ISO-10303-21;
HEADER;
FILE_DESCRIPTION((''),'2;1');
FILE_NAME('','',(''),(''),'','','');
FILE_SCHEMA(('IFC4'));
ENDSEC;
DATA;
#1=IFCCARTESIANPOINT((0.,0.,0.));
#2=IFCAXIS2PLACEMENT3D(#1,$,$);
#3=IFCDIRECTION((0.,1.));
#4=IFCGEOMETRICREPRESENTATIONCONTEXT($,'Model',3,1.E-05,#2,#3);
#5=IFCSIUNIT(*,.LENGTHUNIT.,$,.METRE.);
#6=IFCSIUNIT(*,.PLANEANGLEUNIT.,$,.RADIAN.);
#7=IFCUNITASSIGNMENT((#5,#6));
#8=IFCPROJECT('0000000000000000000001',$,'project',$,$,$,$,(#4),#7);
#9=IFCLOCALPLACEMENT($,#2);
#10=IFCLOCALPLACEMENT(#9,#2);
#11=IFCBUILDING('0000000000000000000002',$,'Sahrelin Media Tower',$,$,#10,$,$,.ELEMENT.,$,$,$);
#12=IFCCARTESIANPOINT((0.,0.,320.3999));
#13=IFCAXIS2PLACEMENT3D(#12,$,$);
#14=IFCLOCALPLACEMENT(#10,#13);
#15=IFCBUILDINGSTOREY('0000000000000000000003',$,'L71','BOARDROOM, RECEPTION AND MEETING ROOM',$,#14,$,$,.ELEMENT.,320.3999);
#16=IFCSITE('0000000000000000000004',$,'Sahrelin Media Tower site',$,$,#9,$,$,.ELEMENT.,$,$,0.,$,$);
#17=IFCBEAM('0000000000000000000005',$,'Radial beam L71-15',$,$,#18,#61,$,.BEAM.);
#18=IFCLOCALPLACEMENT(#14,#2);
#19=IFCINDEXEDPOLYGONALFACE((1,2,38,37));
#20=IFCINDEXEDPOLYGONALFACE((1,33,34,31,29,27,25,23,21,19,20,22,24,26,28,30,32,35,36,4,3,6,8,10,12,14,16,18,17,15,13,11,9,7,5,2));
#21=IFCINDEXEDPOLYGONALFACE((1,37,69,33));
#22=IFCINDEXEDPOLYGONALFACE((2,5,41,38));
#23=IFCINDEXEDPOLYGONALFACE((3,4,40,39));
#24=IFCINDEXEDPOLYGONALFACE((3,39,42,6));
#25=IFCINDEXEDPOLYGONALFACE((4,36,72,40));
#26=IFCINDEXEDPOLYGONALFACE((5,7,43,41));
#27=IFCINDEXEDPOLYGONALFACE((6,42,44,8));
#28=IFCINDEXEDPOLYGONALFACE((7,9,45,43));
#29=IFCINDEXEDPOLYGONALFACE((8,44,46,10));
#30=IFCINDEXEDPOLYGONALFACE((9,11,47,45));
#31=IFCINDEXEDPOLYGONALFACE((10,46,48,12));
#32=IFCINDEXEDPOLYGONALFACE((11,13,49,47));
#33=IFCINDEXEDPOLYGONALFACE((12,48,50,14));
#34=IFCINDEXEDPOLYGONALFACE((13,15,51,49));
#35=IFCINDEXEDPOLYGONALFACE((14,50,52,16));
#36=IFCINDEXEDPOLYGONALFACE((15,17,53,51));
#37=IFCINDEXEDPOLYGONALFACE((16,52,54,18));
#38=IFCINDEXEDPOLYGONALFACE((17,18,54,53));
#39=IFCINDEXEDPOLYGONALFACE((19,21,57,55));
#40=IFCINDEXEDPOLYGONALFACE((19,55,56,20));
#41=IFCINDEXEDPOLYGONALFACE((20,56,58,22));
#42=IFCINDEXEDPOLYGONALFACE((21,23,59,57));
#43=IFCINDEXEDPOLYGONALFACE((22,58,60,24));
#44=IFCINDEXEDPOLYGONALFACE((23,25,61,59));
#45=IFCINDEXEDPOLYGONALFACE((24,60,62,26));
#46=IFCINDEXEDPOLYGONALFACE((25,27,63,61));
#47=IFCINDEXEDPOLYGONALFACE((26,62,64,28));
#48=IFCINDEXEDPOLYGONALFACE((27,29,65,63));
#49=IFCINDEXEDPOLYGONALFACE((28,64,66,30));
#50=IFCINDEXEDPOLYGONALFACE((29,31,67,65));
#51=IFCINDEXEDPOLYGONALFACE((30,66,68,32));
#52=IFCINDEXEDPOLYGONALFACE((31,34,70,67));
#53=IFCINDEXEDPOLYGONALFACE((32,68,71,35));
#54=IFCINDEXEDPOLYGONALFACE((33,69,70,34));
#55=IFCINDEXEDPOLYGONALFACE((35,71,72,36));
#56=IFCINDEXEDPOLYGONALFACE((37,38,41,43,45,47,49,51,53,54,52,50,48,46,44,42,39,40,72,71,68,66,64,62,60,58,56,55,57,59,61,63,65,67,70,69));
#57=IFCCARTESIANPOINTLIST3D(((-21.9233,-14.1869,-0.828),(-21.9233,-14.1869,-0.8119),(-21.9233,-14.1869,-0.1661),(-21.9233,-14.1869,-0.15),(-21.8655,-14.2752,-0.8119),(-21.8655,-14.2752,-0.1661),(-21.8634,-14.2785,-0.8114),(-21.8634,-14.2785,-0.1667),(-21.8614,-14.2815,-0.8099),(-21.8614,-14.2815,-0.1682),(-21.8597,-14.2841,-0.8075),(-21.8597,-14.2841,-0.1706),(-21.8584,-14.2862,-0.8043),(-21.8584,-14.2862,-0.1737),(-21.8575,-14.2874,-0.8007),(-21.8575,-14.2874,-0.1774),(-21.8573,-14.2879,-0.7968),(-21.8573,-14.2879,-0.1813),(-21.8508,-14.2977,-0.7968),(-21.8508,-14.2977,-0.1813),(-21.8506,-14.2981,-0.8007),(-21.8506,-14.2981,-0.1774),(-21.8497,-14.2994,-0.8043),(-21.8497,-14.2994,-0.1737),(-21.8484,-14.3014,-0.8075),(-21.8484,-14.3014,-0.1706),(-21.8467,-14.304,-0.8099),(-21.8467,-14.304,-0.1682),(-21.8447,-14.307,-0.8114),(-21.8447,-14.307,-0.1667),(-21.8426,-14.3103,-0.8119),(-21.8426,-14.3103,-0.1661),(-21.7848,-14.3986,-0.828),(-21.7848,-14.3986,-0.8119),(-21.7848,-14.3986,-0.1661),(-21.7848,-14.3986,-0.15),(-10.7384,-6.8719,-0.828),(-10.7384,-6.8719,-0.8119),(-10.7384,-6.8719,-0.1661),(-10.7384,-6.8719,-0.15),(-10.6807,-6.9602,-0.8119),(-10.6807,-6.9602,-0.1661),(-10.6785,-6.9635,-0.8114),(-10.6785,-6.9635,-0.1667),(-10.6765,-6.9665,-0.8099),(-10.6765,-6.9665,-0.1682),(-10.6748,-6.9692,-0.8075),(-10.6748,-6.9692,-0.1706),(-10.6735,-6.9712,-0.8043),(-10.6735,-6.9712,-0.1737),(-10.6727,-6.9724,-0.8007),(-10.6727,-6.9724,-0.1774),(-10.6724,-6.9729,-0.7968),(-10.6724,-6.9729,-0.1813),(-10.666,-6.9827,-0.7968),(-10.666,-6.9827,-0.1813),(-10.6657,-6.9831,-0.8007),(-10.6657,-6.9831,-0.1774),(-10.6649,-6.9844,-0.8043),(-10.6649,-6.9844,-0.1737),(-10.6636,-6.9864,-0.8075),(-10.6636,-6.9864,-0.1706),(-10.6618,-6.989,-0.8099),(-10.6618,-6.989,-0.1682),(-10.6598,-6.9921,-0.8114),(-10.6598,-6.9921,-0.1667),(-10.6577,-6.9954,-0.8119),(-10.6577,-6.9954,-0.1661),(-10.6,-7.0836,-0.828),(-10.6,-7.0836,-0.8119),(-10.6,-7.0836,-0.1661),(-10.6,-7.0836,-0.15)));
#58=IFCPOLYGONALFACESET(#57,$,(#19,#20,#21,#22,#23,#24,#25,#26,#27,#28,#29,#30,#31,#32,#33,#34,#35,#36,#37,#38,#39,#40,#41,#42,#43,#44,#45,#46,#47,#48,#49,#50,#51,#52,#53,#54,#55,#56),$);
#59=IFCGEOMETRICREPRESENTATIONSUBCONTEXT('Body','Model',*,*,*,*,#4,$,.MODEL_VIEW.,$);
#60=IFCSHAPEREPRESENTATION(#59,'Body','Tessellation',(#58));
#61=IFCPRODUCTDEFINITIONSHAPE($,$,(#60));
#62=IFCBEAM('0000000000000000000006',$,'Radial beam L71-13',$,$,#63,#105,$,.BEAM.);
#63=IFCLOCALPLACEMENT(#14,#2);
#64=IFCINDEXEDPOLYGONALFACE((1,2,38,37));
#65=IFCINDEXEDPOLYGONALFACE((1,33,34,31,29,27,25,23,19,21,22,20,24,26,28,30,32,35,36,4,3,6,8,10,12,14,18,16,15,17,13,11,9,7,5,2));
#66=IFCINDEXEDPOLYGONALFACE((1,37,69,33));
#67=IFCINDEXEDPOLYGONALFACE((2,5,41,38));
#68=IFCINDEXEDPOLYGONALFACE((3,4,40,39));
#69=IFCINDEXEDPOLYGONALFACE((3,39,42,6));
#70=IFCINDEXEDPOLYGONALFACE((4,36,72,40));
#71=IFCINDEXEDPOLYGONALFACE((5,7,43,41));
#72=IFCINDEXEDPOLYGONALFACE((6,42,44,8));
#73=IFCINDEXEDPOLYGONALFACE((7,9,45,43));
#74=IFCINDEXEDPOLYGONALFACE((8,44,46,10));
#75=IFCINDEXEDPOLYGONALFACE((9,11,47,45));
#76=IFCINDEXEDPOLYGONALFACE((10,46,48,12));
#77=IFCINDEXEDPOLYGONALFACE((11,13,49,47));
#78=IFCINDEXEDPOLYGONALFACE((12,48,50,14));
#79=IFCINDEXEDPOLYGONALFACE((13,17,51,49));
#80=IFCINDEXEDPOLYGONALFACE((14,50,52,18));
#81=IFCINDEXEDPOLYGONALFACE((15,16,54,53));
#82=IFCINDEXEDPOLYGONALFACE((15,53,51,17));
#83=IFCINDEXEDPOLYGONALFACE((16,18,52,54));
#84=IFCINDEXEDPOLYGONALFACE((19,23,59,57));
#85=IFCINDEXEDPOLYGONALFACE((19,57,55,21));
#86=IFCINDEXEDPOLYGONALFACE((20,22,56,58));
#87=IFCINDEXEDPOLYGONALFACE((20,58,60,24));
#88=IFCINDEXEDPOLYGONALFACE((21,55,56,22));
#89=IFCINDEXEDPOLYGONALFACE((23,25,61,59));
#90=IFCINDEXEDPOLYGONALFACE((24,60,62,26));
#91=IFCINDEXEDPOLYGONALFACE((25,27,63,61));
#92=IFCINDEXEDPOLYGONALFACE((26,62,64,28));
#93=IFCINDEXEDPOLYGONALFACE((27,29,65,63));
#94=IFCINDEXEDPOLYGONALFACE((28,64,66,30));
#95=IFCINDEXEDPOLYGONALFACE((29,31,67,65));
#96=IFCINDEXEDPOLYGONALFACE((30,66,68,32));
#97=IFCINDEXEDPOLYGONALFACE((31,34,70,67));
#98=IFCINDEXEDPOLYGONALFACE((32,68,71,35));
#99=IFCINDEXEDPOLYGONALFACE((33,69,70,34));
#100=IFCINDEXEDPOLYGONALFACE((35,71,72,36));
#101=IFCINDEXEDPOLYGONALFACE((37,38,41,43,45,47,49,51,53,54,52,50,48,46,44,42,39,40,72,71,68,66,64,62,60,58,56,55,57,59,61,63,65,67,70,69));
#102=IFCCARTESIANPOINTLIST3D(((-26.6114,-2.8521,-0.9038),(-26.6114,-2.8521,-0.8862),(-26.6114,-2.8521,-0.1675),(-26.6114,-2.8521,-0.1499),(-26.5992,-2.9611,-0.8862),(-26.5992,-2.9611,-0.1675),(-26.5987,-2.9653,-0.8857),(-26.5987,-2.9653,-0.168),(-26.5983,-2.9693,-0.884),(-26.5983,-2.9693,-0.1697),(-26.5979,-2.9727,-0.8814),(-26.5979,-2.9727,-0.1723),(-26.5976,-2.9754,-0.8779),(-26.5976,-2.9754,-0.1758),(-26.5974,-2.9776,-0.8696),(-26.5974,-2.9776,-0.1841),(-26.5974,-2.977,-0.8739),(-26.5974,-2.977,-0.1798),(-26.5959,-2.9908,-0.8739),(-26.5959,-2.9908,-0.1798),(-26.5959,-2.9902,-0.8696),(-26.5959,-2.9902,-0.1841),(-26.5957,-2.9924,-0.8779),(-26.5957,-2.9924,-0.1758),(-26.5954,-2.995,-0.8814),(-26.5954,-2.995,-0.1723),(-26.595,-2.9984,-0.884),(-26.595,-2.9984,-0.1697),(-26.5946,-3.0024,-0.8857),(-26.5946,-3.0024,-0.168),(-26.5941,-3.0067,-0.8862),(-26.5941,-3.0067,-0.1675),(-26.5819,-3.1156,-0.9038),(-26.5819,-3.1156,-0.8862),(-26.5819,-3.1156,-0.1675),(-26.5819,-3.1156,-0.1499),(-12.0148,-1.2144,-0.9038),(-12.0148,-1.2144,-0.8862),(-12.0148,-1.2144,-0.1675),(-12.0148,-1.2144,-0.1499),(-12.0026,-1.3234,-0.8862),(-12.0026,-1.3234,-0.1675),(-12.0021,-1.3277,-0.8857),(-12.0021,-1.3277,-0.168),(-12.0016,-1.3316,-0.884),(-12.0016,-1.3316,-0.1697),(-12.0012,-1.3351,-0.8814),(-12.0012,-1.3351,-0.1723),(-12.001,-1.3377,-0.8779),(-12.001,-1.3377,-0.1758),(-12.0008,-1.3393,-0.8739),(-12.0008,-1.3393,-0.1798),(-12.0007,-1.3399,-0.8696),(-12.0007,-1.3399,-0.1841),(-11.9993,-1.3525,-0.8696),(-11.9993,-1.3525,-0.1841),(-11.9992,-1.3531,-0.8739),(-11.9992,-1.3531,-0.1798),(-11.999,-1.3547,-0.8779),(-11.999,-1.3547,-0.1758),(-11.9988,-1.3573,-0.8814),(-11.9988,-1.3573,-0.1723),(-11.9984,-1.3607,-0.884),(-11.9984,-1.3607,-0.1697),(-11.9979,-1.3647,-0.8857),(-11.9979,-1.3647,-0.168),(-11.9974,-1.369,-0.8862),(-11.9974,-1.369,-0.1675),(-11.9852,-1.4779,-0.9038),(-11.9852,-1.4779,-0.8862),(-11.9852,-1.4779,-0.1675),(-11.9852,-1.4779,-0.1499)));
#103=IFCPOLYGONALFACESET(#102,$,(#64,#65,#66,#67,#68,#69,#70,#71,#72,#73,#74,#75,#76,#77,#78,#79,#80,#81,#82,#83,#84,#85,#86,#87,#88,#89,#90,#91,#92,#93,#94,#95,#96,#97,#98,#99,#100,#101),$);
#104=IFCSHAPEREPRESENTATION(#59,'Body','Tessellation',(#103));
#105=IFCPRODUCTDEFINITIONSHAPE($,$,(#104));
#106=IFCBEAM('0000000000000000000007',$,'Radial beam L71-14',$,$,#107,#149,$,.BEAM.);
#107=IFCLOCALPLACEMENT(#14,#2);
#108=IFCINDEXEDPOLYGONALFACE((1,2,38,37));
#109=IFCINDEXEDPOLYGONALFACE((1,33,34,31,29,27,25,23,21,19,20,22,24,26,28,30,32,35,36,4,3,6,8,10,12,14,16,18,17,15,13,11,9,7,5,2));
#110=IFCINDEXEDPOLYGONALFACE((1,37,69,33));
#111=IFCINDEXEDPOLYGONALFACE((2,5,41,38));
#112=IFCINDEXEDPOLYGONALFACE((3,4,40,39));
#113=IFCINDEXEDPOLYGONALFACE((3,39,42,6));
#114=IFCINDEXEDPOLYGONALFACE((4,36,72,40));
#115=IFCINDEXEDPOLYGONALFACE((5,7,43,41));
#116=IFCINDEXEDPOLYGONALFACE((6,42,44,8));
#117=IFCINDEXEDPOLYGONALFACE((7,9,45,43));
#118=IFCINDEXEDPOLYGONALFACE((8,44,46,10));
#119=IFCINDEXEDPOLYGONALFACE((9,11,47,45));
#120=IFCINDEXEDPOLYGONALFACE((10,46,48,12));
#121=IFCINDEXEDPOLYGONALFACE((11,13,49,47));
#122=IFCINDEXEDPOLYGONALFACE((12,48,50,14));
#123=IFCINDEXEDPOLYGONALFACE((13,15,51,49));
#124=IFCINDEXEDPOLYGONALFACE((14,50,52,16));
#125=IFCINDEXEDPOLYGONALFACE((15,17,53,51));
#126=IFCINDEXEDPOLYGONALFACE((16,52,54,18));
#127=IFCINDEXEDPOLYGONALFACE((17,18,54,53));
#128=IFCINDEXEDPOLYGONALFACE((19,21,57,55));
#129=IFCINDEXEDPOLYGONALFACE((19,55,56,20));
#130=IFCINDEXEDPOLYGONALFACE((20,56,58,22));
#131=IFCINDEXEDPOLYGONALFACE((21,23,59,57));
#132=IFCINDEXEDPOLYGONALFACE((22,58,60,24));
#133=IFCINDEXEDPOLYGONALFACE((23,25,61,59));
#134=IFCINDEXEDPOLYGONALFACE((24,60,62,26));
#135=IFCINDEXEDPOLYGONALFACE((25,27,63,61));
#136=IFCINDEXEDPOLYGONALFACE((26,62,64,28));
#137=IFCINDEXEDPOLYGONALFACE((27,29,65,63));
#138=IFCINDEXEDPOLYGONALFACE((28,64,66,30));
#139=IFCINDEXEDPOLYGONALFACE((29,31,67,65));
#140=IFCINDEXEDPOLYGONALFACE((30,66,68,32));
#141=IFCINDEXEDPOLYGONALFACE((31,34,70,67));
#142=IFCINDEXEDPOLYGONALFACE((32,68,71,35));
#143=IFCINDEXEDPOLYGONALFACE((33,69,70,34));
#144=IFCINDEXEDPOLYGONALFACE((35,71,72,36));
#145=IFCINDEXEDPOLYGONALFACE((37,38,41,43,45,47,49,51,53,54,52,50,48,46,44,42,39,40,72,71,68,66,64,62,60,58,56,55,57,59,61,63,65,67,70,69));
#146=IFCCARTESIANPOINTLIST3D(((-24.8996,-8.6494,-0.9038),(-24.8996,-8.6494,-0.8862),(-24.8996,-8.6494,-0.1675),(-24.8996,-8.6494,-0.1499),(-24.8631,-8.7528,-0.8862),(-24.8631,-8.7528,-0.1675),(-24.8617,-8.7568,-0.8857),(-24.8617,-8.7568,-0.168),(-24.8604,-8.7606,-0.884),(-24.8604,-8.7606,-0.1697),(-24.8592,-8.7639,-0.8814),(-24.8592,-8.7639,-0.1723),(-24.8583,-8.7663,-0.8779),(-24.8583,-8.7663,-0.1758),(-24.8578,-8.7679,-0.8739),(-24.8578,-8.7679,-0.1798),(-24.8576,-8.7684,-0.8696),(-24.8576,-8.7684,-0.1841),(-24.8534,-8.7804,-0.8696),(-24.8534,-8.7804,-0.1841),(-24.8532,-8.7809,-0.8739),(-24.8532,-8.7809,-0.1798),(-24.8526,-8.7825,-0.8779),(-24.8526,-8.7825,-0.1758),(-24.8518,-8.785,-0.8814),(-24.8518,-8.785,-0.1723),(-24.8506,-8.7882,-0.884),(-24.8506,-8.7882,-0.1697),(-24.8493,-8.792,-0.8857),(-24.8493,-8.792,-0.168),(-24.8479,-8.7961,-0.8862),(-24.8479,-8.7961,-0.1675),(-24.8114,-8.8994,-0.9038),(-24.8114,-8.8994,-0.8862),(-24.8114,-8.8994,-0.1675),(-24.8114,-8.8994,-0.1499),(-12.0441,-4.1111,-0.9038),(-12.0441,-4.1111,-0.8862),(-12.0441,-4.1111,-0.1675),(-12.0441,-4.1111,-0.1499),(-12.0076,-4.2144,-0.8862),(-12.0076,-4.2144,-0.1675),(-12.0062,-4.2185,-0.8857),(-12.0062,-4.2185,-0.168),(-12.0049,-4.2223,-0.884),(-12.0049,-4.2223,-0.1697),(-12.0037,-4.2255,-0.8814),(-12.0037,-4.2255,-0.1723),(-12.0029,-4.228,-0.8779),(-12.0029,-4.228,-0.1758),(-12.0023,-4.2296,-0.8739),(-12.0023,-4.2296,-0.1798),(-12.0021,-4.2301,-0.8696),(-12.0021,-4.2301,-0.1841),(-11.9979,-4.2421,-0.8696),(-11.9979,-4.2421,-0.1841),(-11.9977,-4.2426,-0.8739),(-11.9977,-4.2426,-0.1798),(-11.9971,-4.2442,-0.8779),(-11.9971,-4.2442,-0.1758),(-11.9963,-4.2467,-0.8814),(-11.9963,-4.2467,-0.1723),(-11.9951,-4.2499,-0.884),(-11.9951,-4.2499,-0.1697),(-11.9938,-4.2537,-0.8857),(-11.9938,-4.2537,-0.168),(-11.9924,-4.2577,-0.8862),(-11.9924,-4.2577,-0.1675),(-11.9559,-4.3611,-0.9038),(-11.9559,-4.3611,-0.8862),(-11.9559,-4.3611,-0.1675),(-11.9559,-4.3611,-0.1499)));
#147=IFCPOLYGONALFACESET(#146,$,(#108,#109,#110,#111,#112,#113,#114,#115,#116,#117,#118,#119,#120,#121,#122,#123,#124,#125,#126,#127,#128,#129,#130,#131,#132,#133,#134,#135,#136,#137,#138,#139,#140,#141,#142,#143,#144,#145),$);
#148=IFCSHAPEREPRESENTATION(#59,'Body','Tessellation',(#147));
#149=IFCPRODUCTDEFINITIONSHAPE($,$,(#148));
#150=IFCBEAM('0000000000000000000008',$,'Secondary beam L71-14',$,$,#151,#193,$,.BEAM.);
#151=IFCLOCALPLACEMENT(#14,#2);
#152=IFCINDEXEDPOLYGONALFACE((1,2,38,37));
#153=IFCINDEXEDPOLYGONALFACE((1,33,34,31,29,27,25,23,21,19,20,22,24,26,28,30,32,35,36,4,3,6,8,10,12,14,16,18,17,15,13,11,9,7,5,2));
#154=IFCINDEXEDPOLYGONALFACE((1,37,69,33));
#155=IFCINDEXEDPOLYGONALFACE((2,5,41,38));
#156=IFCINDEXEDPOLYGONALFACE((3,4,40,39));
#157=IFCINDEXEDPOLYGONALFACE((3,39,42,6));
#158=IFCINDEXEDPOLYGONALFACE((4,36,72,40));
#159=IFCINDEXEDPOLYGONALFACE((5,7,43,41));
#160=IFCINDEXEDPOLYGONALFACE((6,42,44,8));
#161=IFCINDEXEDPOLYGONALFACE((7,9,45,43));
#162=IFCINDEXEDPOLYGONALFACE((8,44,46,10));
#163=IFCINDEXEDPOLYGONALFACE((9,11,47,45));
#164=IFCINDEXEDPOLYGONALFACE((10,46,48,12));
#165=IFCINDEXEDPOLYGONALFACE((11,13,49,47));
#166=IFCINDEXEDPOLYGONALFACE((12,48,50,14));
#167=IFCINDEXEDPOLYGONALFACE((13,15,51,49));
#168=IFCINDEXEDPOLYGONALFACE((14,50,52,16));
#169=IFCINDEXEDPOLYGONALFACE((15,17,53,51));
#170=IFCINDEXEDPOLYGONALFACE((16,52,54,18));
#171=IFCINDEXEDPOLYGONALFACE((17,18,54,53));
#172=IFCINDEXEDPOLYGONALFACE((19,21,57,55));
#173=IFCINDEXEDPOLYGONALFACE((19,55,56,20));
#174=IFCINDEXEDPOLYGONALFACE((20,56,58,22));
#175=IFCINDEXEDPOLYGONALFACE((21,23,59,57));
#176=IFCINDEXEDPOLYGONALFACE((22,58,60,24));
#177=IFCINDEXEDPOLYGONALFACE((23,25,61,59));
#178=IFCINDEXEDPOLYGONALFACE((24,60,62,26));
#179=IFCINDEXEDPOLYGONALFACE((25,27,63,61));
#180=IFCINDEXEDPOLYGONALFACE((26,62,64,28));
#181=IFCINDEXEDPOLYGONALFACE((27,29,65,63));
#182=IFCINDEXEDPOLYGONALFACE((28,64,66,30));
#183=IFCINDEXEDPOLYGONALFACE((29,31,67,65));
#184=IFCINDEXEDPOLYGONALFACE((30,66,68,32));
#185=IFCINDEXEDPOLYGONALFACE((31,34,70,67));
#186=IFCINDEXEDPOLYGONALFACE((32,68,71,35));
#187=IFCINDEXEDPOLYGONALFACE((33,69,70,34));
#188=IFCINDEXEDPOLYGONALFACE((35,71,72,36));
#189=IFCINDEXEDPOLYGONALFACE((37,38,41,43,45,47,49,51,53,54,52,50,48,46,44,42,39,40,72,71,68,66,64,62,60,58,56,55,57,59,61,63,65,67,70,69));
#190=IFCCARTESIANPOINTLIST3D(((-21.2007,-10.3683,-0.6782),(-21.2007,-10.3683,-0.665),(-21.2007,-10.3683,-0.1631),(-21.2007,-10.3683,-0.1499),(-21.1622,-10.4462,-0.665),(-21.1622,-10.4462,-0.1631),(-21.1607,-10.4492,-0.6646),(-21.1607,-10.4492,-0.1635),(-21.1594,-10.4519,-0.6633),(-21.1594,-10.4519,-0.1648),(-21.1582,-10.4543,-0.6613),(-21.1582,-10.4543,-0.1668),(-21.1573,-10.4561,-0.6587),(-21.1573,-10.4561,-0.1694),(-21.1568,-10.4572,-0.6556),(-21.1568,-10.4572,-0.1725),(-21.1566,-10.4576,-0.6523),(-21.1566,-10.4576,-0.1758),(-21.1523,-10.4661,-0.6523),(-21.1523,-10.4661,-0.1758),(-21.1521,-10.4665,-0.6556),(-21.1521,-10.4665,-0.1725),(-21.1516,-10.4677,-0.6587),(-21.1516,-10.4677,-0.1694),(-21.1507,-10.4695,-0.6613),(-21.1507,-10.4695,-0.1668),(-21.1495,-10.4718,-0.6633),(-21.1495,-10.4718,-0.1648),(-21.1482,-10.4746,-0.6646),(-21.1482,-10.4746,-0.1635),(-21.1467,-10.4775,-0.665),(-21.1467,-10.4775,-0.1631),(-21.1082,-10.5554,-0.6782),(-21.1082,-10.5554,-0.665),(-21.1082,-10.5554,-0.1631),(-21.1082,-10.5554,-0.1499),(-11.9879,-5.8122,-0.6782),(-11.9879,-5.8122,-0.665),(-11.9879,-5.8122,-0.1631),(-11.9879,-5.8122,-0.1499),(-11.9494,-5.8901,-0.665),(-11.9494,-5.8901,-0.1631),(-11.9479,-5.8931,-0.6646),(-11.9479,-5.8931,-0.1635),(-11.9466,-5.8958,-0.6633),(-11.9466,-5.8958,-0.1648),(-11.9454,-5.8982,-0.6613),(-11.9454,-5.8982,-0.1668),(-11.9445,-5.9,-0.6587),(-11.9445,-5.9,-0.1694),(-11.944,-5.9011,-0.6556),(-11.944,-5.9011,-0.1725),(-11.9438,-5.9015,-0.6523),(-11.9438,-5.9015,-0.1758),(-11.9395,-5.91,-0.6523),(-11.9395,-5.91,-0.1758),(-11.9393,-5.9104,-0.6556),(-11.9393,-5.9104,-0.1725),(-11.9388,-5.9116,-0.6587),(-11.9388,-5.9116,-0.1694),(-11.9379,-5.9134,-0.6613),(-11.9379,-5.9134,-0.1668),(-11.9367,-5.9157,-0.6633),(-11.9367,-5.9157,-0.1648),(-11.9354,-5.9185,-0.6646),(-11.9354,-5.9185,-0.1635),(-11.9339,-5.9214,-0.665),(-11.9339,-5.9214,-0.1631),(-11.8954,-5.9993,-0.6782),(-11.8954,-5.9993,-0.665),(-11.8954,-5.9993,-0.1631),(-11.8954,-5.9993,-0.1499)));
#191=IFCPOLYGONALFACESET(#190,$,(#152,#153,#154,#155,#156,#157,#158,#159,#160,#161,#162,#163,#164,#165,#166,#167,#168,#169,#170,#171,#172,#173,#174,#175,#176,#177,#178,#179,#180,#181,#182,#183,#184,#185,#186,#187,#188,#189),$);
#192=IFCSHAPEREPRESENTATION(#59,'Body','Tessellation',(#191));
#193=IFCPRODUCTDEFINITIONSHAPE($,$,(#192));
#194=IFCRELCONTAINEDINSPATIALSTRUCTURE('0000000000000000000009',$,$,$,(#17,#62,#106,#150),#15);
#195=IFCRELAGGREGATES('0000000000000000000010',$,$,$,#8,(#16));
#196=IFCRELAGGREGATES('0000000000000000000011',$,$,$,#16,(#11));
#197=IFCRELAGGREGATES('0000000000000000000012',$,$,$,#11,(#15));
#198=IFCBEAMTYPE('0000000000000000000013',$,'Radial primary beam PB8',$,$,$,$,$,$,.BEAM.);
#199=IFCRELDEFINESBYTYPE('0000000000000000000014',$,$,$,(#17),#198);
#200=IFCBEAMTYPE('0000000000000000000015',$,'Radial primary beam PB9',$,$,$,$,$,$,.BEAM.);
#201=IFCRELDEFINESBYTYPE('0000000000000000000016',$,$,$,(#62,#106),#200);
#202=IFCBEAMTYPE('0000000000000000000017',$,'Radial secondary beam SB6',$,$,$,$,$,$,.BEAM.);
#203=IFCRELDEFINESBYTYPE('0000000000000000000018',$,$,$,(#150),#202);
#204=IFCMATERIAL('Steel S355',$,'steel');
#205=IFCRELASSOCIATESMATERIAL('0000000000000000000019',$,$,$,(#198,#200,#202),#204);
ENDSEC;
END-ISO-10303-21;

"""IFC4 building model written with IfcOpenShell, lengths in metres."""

from ifc_helpers import new_model, si_unit, direction, frame, origin, origin_2d, place, context, subcontext, project, spatial, i_section, extrude, material, material_profile, profile_set, type_object, element, save


model = new_model("IFC4")

# Units and contexts
model_context = context("Model", 3, precision=1e-05, world=origin(), true_north=direction((0.0, 1.0)))
body_context = subcontext(model_context, "Body", "Model", "MODEL_VIEW")
ifc_project = project(units=[si_unit("LENGTHUNIT", "METRE"), si_unit("PLANEANGLEUNIT", "RADIAN")], contexts=[model_context])

# Site, building, storey
site_placement = place(None, origin())
site = spatial("IfcSite", under=ifc_project, at=site_placement, Name="Sahrelin Media Tower site", CompositionType="ELEMENT", RefElevation=0.0)
building_placement = place(site_placement, origin())
building = spatial("IfcBuilding", under=site, at=building_placement, Name="Sahrelin Media Tower", CompositionType="ELEMENT")
storey_placement = place(building_placement, frame((0.0, 0.0, 320.3999)))
storey = spatial("IfcBuildingStorey", under=building, at=storey_placement, Name="L71", Description="BOARDROOM, RECEPTION AND MEETING ROOM", CompositionType="ELEMENT", Elevation=320.3999)

# Beams
ifc_material_1 = material(Name="Steel S355", Category="steel")
ifc_material_profile_1 = material_profile(ifc_material_1, i_section(OverallWidth=0.2529, OverallDepth=0.678, WebThickness=0.0117, FlangeThickness=0.0161, FilletRadius=0.0151, at=origin_2d()), Name="UB 686x254x125")
ifc_profile_set_1 = profile_set([ifc_material_profile_1], Name="Steel S355")
beam_type_1 = type_object("IfcBeamType", Name="Radial primary beam PB8", PredefinedType="BEAM", material=ifc_profile_set_1)
beam_1_placement = place(storey_placement, frame((-10.6692, -6.9778, -0.489), z_axis=(-0.836908, -0.547343, 0.0), x_axis=(0.547343, -0.836908, 0.0)))
element("IfcBeam", 1, at=beam_1_placement, inside=storey, type_object=beam_type_1, Name="Radial beam L71-15", PredefinedType="BEAM", context=body_context, shape_type="SweptSolid", body=[
    extrude(i_section(OverallWidth=0.2529, OverallDepth=0.678, WebThickness=0.0117, FlangeThickness=0.0161, FilletRadius=0.0151, at=origin_2d()), origin(), (0.0, 0.0, 1.0), 13.3645),
])
ifc_material_profile_2 = material_profile(ifc_material_1, i_section(OverallWidth=0.2651, OverallDepth=0.7539, WebThickness=0.0127, FlangeThickness=0.0176, FilletRadius=0.0166, at=origin_2d()), Name="UB 762x267x147")
ifc_profile_set_2 = profile_set([ifc_material_profile_2], Name="Steel S355")
beam_type_2 = type_object("IfcBeamType", Name="Radial primary beam PB9", PredefinedType="BEAM", material=ifc_profile_set_2)
beam_2_placement = place(storey_placement, frame((-12.0, -1.3462, -0.5269), z_axis=(-0.993765, -0.111497, 0.0), x_axis=(0.111497, -0.993765, 0.0)))
element("IfcBeam", 2, at=beam_2_placement, inside=storey, type_object=beam_type_2, Name="Radial beam L71-13", PredefinedType="BEAM", context=body_context, shape_type="SweptSolid", body=[
    extrude(i_section(OverallWidth=0.2651, OverallDepth=0.7539, WebThickness=0.0127, FlangeThickness=0.0176, FilletRadius=0.0166, at=origin_2d()), origin(), (0.0, 0.0, 1.0), 14.6882),
])
beam_3_placement = place(storey_placement, frame((-12.0, -4.2361, -0.5269), z_axis=(-0.942965, -0.332892, 0.0), x_axis=(0.332892, -0.942965, 0.0)))
element("IfcBeam", 3, at=beam_3_placement, inside=storey, type_object=beam_type_2, Name="Radial beam L71-14", PredefinedType="BEAM", context=body_context, shape_type="SweptSolid", body=[
    extrude(i_section(OverallWidth=0.2651, OverallDepth=0.7539, WebThickness=0.0127, FlangeThickness=0.0176, FilletRadius=0.0166, at=origin_2d()), origin(), (0.0, 0.0, 1.0), 13.6331),
])
ifc_material_profile_3 = material_profile(ifc_material_1, i_section(OverallWidth=0.2087, OverallDepth=0.5283, WebThickness=0.0095, FlangeThickness=0.0132, FilletRadius=0.0127, at=origin_2d()), Name="UB 533x210x82")
ifc_profile_set_3 = profile_set([ifc_material_profile_3], Name="Steel S355")
beam_type_3 = type_object("IfcBeamType", Name="Radial secondary beam SB6", PredefinedType="BEAM", material=ifc_profile_set_3)
beam_4_placement = place(storey_placement, frame((-11.9417, -5.9058, -0.4141), z_axis=(-0.896376, -0.443295, 0.0), x_axis=(0.443295, -0.896376, 0.0)))
element("IfcBeam", 4, at=beam_4_placement, inside=storey, type_object=beam_type_3, Name="Secondary beam L71-14", PredefinedType="BEAM", context=body_context, shape_type="SweptSolid", body=[
    extrude(i_section(OverallWidth=0.2087, OverallDepth=0.5283, WebThickness=0.0095, FlangeThickness=0.0132, FilletRadius=0.0127, at=origin_2d()), origin(), (0.0, 0.0, 1.0), 10.2778),
])

save(model, "model.ifc")
